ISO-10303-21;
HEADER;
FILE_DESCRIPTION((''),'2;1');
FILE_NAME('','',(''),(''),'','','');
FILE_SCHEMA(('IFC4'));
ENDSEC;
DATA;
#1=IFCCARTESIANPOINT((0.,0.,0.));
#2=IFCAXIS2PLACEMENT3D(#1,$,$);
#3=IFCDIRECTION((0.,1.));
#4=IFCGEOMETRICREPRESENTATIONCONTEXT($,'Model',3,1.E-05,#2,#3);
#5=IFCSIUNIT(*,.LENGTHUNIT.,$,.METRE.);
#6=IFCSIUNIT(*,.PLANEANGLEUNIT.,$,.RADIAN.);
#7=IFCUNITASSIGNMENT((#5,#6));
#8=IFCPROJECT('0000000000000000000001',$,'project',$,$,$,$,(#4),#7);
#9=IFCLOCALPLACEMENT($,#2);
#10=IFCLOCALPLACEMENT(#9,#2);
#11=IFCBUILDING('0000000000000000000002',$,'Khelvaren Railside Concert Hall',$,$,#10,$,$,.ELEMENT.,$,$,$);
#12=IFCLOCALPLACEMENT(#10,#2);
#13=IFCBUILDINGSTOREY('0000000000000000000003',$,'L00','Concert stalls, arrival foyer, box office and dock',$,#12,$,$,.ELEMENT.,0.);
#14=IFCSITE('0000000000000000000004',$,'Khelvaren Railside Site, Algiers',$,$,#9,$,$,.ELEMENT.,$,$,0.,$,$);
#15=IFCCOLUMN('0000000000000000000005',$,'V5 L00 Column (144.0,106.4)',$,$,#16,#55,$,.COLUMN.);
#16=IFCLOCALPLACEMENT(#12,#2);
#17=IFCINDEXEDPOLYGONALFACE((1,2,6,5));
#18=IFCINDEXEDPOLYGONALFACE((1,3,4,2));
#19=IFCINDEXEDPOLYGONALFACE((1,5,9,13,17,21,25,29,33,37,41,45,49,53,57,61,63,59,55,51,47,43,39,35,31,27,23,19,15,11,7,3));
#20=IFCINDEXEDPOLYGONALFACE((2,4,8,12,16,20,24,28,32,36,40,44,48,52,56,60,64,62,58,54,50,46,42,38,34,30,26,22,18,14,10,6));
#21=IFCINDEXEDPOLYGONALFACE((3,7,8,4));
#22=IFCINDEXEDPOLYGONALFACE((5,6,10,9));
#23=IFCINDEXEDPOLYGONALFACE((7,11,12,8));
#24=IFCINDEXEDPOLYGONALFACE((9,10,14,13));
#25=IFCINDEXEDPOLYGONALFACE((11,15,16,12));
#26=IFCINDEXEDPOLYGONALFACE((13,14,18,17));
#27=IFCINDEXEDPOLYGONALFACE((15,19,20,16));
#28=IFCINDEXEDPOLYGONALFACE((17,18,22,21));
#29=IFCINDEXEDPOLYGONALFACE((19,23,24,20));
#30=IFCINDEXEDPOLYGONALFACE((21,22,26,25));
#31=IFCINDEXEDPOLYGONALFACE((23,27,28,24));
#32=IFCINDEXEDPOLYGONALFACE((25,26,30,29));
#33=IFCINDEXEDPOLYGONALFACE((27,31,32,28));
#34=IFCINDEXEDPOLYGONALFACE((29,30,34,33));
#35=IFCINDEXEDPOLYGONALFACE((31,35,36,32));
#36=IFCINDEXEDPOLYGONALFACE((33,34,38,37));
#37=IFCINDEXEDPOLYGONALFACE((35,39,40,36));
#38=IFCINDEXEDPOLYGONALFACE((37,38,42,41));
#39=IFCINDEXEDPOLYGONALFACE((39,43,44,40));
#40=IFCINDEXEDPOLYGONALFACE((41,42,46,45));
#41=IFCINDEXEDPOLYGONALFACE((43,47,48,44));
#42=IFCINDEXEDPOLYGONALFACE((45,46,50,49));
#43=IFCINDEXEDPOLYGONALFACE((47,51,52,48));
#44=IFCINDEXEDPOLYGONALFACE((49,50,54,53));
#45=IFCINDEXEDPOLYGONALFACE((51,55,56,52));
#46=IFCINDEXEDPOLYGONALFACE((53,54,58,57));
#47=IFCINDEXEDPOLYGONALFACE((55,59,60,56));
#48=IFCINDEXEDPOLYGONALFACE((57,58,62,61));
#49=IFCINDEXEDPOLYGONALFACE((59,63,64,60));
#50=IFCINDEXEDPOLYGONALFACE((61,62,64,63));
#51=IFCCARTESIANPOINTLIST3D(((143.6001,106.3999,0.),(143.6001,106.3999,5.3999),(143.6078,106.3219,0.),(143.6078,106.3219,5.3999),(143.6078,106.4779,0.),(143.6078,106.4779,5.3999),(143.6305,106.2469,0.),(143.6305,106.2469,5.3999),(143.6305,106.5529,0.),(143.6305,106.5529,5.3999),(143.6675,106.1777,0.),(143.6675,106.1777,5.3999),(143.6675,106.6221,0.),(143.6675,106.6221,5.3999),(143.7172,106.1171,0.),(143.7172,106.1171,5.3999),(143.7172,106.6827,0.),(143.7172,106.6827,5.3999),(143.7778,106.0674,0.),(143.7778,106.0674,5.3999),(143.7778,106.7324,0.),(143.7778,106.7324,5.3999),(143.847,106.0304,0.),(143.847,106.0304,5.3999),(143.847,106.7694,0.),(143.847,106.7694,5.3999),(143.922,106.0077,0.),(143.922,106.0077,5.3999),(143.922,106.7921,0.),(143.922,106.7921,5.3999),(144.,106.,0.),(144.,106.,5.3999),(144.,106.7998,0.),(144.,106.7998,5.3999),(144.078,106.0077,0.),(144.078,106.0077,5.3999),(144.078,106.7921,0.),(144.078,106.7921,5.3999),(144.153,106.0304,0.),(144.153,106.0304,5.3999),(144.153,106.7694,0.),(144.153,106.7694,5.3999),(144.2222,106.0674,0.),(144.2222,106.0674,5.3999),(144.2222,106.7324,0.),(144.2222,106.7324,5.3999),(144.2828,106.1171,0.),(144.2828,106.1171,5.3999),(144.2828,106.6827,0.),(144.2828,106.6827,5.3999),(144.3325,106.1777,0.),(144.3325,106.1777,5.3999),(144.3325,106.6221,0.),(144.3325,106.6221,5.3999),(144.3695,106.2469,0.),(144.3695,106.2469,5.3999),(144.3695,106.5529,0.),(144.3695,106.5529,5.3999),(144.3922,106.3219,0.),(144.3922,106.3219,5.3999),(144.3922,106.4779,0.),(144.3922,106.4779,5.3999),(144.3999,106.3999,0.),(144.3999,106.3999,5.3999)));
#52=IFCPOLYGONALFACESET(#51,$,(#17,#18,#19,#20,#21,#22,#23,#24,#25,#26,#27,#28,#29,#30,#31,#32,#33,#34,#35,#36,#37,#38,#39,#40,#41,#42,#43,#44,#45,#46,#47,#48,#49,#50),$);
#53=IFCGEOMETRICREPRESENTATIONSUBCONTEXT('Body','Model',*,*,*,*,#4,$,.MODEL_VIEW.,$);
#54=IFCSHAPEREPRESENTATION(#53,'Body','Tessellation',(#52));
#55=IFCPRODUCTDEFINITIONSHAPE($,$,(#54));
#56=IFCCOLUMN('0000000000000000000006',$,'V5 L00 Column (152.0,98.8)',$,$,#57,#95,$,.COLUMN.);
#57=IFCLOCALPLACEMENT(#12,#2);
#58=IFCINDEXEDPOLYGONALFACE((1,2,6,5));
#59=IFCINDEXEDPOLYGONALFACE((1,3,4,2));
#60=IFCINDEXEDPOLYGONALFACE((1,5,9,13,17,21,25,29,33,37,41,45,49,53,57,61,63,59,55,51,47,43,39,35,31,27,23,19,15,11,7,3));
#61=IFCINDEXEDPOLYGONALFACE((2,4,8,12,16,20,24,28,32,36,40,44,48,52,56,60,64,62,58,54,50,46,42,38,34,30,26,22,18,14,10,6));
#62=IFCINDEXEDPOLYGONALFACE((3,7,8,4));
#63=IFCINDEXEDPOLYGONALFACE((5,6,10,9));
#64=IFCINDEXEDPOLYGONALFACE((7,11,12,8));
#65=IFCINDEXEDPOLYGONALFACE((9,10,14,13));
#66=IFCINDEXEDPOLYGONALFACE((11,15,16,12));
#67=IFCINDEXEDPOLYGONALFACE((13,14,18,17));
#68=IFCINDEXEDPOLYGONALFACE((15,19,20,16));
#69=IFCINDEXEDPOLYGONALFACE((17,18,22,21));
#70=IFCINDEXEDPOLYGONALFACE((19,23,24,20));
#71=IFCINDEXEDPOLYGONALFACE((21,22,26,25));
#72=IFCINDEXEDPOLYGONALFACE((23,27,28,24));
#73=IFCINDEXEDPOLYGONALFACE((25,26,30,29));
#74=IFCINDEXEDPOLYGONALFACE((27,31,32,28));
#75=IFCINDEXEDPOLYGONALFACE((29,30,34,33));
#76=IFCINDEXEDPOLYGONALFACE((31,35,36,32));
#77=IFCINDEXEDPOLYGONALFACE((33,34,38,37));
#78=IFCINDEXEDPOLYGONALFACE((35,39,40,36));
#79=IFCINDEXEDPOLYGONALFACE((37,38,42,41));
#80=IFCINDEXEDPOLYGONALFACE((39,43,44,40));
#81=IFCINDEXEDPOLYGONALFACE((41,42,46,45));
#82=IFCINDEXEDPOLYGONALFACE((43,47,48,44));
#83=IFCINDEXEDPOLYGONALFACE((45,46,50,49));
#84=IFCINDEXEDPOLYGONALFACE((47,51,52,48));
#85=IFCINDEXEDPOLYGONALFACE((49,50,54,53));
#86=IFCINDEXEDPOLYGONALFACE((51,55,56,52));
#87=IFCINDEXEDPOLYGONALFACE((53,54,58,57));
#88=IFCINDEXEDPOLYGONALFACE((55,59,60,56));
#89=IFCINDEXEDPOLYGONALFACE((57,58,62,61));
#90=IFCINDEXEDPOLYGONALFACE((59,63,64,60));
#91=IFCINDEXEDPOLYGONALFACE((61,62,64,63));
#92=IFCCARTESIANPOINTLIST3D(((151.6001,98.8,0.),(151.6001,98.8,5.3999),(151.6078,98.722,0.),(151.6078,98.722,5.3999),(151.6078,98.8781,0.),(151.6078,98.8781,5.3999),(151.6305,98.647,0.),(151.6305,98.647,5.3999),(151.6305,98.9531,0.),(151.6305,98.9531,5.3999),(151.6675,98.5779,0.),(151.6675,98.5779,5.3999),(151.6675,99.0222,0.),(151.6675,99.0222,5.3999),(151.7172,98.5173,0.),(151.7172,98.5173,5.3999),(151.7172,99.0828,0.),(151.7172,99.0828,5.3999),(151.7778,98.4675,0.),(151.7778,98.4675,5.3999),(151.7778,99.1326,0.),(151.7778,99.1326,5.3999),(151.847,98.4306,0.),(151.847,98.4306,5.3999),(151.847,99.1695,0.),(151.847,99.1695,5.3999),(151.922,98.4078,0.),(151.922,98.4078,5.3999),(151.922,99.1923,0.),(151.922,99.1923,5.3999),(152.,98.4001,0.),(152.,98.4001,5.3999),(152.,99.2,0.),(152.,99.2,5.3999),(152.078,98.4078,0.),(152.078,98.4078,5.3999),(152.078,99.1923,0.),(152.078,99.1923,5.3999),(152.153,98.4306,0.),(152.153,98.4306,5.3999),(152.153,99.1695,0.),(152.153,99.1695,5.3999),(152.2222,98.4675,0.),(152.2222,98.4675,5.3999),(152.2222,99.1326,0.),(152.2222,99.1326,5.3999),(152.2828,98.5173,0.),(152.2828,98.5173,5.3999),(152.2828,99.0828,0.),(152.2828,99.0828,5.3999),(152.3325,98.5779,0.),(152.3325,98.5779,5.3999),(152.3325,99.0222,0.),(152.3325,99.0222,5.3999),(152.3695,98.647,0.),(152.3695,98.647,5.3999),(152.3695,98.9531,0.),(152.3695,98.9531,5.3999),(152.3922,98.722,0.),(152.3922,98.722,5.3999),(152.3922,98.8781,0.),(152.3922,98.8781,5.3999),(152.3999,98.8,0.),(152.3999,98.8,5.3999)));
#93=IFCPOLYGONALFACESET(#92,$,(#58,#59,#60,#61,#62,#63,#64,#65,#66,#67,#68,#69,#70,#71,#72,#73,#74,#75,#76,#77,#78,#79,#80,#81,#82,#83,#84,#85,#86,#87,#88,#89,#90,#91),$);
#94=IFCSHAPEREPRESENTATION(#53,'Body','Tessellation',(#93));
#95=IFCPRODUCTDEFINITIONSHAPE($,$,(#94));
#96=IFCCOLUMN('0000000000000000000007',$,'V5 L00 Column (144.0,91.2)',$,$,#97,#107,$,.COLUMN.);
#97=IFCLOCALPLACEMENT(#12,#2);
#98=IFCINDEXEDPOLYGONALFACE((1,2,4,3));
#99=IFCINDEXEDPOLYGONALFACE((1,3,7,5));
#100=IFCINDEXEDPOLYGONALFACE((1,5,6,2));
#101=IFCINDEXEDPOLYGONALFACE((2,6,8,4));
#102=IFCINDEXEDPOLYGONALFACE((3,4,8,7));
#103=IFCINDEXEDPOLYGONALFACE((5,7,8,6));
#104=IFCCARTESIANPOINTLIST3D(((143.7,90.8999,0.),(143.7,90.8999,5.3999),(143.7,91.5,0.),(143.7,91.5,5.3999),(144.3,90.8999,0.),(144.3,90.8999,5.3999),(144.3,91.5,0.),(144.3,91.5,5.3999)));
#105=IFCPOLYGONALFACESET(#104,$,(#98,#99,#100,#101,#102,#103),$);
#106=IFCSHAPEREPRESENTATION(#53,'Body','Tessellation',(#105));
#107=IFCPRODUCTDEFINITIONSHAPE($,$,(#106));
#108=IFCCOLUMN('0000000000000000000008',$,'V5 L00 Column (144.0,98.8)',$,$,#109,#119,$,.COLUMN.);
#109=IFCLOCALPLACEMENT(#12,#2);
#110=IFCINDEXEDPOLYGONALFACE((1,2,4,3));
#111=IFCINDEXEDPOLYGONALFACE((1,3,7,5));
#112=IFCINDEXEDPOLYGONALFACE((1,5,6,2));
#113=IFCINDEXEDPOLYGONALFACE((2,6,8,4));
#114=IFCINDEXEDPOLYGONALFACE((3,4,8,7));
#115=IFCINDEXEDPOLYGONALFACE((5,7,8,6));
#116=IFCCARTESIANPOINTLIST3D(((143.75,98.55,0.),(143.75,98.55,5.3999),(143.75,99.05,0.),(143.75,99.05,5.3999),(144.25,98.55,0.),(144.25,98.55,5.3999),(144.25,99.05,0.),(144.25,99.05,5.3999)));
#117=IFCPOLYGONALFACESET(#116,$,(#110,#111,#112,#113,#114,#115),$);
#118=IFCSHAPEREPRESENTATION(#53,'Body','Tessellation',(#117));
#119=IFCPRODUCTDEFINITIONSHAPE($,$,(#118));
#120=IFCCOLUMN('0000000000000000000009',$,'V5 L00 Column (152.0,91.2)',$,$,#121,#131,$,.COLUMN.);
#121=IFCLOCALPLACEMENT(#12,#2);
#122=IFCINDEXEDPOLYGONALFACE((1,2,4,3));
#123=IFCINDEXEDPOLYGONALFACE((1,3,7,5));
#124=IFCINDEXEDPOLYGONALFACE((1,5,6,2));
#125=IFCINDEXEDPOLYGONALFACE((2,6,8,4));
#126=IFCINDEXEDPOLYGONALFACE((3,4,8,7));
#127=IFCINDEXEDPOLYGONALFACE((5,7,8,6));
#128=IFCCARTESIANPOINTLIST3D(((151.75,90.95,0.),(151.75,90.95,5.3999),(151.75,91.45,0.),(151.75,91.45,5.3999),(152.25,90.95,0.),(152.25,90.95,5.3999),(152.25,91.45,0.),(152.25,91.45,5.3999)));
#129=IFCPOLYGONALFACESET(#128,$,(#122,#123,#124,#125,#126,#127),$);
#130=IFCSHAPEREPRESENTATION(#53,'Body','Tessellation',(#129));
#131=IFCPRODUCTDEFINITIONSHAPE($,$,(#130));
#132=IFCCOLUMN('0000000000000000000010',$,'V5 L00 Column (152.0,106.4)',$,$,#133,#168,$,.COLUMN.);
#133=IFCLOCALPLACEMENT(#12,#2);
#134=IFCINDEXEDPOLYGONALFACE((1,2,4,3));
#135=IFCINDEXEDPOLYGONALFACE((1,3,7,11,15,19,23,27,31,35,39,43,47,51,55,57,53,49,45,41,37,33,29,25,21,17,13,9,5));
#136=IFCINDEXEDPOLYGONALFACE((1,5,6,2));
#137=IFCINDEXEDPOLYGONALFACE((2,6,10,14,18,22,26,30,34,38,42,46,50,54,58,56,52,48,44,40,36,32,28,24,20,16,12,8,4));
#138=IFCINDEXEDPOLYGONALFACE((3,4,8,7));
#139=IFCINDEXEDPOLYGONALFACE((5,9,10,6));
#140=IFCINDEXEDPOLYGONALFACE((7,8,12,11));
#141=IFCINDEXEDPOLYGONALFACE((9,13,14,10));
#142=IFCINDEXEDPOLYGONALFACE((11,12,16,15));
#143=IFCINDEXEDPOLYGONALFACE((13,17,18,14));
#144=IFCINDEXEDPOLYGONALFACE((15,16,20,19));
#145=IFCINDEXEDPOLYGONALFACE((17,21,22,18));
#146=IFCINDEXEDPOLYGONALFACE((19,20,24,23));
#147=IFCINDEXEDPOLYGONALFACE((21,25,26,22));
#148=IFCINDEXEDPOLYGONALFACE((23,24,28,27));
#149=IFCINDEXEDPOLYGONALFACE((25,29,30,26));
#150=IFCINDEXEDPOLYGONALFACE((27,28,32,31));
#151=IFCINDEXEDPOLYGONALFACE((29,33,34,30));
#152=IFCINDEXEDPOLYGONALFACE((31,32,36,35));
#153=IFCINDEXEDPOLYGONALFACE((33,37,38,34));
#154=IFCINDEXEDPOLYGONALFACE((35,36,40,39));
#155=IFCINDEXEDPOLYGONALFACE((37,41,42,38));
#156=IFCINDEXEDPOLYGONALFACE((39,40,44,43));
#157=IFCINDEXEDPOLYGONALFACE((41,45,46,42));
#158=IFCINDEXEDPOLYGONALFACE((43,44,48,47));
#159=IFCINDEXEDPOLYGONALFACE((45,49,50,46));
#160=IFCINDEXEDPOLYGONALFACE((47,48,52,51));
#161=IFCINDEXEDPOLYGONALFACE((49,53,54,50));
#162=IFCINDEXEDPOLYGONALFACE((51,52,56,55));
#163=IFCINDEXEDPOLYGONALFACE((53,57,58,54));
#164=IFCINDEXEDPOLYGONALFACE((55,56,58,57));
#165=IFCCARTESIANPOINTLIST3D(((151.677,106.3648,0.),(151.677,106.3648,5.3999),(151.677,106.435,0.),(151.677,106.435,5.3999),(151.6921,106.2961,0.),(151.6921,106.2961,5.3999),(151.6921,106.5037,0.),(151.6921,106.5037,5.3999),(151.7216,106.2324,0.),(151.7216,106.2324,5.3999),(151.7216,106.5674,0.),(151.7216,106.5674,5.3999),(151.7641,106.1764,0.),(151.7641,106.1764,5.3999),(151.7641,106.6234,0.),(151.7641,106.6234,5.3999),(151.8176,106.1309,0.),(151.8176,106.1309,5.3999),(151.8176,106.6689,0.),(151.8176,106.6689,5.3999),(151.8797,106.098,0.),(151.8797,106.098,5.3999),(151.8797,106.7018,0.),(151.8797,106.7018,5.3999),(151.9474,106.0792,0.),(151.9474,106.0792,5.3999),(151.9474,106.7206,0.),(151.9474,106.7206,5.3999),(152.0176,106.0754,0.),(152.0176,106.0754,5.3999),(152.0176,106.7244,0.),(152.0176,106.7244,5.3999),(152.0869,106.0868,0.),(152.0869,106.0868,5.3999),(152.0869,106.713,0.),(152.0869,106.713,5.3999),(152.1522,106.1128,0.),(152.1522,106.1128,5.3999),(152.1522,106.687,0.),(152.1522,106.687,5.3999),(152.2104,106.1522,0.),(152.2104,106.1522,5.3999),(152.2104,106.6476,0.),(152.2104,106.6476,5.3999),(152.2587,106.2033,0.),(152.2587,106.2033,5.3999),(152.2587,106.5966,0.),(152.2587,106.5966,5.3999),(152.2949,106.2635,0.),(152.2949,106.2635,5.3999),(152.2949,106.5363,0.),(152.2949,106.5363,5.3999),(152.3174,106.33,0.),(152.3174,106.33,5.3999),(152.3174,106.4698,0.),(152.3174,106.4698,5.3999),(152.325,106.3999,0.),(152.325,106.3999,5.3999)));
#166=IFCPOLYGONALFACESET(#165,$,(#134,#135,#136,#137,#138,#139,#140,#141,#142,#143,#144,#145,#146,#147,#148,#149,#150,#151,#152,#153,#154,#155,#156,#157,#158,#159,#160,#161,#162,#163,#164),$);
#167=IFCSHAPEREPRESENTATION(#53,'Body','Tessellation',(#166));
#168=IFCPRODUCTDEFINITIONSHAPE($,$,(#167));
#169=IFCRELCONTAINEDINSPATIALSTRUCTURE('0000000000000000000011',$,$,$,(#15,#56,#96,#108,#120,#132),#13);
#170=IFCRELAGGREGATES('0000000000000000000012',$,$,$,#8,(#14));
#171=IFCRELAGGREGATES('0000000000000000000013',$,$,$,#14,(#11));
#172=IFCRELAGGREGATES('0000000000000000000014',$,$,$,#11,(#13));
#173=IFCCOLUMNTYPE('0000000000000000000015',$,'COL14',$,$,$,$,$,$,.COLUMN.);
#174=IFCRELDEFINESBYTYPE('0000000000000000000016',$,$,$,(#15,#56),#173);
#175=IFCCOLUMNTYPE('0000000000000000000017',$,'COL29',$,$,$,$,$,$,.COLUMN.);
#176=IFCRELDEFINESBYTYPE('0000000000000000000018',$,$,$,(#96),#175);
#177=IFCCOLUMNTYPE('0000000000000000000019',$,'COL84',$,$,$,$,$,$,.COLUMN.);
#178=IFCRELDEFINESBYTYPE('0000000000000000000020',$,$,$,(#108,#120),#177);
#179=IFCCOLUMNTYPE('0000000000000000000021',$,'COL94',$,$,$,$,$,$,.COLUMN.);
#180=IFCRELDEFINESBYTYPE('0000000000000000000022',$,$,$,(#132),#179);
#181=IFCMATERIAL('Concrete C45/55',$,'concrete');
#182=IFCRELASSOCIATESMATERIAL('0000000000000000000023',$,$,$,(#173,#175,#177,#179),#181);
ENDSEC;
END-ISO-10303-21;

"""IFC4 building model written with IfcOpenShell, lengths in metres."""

from ifc_helpers import new_model, si_unit, direction, frame, origin, origin_2d, place, context, subcontext, project, spatial, rectangle, circle, extrude, material, material_profile, profile_set, type_object, element, save


model = new_model("IFC4")

# Units and contexts
model_context = context("Model", 3, precision=1e-05, world=origin(), true_north=direction((0.0, 1.0)))
body_context = subcontext(model_context, "Body", "Model", "MODEL_VIEW")
ifc_project = project(units=[si_unit("LENGTHUNIT", "METRE"), si_unit("PLANEANGLEUNIT", "RADIAN")], contexts=[model_context])

# Site, building, storey
site_placement = place(None, origin())
site = spatial("IfcSite", under=ifc_project, at=site_placement, Name="Khelvaren Railside Site, Algiers", CompositionType="ELEMENT", RefElevation=0.0)
building_placement = place(site_placement, origin())
building = spatial("IfcBuilding", under=site, at=building_placement, Name="Khelvaren Railside Concert Hall", CompositionType="ELEMENT")
storey_placement = place(building_placement, origin())
storey = spatial("IfcBuildingStorey", under=building, at=storey_placement, Name="L00", Description="Concert stalls, arrival foyer, box office and dock", CompositionType="ELEMENT", Elevation=0.0)

# Columns
ifc_material_1 = material(Name="Concrete C45/55", Category="concrete")
ifc_material_profile_1 = material_profile(ifc_material_1, circle(Radius=0.3999, at=origin_2d()), Name="RC D800")
ifc_profile_set_1 = profile_set([ifc_material_profile_1], Name="Concrete C45/55")
column_type_1 = type_object("IfcColumnType", Name="COL14", PredefinedType="COLUMN", material=ifc_profile_set_1)
for number, where, z_axis, x_axis, name in (
    (1, (144.0, 106.3999, 0.0), (0.0, 0.0, 1.0), (1.0, 0.0, 0.0), "V5 L00 Column (144.0,106.4)"),
    (2, (152.0, 98.8, 0.0), (0.0, 0.0, 1.0), (1.0, 0.0, 0.0), "V5 L00 Column (152.0,98.8)"),
):
    element("IfcColumn", number, at=place(storey_placement, frame(where, z_axis=z_axis, x_axis=x_axis)), inside=storey, type_object=column_type_1, Name=name, PredefinedType="COLUMN", context=body_context, shape_type="SweptSolid", body=[
        extrude(circle(Radius=0.3999, at=origin_2d()), origin(), (0.0, 0.0, 1.0), 5.3999),
    ])
ifc_material_profile_2 = material_profile(ifc_material_1, rectangle(XDim=0.6001, YDim=0.6001, at=origin_2d()), Name="RC 600x600")
ifc_profile_set_2 = profile_set([ifc_material_profile_2], Name="Concrete C45/55")
column_type_2 = type_object("IfcColumnType", Name="COL29", PredefinedType="COLUMN", material=ifc_profile_set_2)
column_1_placement = place(storey_placement, frame((144.0, 91.2, 0.0), z_axis=(0.0, 0.0, 1.0), x_axis=(1.0, 0.0, 0.0)))
element("IfcColumn", 3, at=column_1_placement, inside=storey, type_object=column_type_2, Name="V5 L00 Column (144.0,91.2)", PredefinedType="COLUMN", context=body_context, shape_type="SweptSolid", body=[
    extrude(rectangle(XDim=0.6001, YDim=0.6001, at=origin_2d()), origin(), (0.0, 0.0, 1.0), 5.3999),
])
ifc_material_profile_3 = material_profile(ifc_material_1, rectangle(XDim=0.5, YDim=0.5, at=origin_2d()), Name="RC 500x500")
ifc_profile_set_3 = profile_set([ifc_material_profile_3], Name="Concrete C45/55")
column_type_3 = type_object("IfcColumnType", Name="COL84", PredefinedType="COLUMN", material=ifc_profile_set_3)
for number, where, z_axis, x_axis, name in (
    (4, (144.0, 98.8, 0.0), (0.0, 0.0, 1.0), (1.0, 0.0, 0.0), "V5 L00 Column (144.0,98.8)"),
    (5, (152.0, 91.2, 0.0), (0.0, 0.0, 1.0), (1.0, 0.0, 0.0), "V5 L00 Column (152.0,91.2)"),
):
    element("IfcColumn", number, at=place(storey_placement, frame(where, z_axis=z_axis, x_axis=x_axis)), inside=storey, type_object=column_type_3, Name=name, PredefinedType="COLUMN", context=body_context, shape_type="SweptSolid", body=[
        extrude(rectangle(XDim=0.5, YDim=0.5, at=origin_2d()), origin(), (0.0, 0.0, 1.0), 5.3999),
    ])
ifc_material_profile_4 = material_profile(ifc_material_1, circle(Radius=0.325, at=origin_2d()), Name="RC D650")
ifc_profile_set_4 = profile_set([ifc_material_profile_4], Name="Concrete C45/55")
column_type_4 = type_object("IfcColumnType", Name="COL94", PredefinedType="COLUMN", material=ifc_profile_set_4)
column_2_placement = place(storey_placement, frame((152.0, 106.3999, 0.0), z_axis=(0.0, 0.0, 1.0), x_axis=(1.0, 0.0, 0.0)))
element("IfcColumn", 6, at=column_2_placement, inside=storey, type_object=column_type_4, Name="V5 L00 Column (152.0,106.4)", PredefinedType="COLUMN", context=body_context, shape_type="SweptSolid", body=[
    extrude(circle(Radius=0.325, at=origin_2d()), origin(), (0.0, 0.0, 1.0), 5.3999),
])

save(model, "model.ifc")
